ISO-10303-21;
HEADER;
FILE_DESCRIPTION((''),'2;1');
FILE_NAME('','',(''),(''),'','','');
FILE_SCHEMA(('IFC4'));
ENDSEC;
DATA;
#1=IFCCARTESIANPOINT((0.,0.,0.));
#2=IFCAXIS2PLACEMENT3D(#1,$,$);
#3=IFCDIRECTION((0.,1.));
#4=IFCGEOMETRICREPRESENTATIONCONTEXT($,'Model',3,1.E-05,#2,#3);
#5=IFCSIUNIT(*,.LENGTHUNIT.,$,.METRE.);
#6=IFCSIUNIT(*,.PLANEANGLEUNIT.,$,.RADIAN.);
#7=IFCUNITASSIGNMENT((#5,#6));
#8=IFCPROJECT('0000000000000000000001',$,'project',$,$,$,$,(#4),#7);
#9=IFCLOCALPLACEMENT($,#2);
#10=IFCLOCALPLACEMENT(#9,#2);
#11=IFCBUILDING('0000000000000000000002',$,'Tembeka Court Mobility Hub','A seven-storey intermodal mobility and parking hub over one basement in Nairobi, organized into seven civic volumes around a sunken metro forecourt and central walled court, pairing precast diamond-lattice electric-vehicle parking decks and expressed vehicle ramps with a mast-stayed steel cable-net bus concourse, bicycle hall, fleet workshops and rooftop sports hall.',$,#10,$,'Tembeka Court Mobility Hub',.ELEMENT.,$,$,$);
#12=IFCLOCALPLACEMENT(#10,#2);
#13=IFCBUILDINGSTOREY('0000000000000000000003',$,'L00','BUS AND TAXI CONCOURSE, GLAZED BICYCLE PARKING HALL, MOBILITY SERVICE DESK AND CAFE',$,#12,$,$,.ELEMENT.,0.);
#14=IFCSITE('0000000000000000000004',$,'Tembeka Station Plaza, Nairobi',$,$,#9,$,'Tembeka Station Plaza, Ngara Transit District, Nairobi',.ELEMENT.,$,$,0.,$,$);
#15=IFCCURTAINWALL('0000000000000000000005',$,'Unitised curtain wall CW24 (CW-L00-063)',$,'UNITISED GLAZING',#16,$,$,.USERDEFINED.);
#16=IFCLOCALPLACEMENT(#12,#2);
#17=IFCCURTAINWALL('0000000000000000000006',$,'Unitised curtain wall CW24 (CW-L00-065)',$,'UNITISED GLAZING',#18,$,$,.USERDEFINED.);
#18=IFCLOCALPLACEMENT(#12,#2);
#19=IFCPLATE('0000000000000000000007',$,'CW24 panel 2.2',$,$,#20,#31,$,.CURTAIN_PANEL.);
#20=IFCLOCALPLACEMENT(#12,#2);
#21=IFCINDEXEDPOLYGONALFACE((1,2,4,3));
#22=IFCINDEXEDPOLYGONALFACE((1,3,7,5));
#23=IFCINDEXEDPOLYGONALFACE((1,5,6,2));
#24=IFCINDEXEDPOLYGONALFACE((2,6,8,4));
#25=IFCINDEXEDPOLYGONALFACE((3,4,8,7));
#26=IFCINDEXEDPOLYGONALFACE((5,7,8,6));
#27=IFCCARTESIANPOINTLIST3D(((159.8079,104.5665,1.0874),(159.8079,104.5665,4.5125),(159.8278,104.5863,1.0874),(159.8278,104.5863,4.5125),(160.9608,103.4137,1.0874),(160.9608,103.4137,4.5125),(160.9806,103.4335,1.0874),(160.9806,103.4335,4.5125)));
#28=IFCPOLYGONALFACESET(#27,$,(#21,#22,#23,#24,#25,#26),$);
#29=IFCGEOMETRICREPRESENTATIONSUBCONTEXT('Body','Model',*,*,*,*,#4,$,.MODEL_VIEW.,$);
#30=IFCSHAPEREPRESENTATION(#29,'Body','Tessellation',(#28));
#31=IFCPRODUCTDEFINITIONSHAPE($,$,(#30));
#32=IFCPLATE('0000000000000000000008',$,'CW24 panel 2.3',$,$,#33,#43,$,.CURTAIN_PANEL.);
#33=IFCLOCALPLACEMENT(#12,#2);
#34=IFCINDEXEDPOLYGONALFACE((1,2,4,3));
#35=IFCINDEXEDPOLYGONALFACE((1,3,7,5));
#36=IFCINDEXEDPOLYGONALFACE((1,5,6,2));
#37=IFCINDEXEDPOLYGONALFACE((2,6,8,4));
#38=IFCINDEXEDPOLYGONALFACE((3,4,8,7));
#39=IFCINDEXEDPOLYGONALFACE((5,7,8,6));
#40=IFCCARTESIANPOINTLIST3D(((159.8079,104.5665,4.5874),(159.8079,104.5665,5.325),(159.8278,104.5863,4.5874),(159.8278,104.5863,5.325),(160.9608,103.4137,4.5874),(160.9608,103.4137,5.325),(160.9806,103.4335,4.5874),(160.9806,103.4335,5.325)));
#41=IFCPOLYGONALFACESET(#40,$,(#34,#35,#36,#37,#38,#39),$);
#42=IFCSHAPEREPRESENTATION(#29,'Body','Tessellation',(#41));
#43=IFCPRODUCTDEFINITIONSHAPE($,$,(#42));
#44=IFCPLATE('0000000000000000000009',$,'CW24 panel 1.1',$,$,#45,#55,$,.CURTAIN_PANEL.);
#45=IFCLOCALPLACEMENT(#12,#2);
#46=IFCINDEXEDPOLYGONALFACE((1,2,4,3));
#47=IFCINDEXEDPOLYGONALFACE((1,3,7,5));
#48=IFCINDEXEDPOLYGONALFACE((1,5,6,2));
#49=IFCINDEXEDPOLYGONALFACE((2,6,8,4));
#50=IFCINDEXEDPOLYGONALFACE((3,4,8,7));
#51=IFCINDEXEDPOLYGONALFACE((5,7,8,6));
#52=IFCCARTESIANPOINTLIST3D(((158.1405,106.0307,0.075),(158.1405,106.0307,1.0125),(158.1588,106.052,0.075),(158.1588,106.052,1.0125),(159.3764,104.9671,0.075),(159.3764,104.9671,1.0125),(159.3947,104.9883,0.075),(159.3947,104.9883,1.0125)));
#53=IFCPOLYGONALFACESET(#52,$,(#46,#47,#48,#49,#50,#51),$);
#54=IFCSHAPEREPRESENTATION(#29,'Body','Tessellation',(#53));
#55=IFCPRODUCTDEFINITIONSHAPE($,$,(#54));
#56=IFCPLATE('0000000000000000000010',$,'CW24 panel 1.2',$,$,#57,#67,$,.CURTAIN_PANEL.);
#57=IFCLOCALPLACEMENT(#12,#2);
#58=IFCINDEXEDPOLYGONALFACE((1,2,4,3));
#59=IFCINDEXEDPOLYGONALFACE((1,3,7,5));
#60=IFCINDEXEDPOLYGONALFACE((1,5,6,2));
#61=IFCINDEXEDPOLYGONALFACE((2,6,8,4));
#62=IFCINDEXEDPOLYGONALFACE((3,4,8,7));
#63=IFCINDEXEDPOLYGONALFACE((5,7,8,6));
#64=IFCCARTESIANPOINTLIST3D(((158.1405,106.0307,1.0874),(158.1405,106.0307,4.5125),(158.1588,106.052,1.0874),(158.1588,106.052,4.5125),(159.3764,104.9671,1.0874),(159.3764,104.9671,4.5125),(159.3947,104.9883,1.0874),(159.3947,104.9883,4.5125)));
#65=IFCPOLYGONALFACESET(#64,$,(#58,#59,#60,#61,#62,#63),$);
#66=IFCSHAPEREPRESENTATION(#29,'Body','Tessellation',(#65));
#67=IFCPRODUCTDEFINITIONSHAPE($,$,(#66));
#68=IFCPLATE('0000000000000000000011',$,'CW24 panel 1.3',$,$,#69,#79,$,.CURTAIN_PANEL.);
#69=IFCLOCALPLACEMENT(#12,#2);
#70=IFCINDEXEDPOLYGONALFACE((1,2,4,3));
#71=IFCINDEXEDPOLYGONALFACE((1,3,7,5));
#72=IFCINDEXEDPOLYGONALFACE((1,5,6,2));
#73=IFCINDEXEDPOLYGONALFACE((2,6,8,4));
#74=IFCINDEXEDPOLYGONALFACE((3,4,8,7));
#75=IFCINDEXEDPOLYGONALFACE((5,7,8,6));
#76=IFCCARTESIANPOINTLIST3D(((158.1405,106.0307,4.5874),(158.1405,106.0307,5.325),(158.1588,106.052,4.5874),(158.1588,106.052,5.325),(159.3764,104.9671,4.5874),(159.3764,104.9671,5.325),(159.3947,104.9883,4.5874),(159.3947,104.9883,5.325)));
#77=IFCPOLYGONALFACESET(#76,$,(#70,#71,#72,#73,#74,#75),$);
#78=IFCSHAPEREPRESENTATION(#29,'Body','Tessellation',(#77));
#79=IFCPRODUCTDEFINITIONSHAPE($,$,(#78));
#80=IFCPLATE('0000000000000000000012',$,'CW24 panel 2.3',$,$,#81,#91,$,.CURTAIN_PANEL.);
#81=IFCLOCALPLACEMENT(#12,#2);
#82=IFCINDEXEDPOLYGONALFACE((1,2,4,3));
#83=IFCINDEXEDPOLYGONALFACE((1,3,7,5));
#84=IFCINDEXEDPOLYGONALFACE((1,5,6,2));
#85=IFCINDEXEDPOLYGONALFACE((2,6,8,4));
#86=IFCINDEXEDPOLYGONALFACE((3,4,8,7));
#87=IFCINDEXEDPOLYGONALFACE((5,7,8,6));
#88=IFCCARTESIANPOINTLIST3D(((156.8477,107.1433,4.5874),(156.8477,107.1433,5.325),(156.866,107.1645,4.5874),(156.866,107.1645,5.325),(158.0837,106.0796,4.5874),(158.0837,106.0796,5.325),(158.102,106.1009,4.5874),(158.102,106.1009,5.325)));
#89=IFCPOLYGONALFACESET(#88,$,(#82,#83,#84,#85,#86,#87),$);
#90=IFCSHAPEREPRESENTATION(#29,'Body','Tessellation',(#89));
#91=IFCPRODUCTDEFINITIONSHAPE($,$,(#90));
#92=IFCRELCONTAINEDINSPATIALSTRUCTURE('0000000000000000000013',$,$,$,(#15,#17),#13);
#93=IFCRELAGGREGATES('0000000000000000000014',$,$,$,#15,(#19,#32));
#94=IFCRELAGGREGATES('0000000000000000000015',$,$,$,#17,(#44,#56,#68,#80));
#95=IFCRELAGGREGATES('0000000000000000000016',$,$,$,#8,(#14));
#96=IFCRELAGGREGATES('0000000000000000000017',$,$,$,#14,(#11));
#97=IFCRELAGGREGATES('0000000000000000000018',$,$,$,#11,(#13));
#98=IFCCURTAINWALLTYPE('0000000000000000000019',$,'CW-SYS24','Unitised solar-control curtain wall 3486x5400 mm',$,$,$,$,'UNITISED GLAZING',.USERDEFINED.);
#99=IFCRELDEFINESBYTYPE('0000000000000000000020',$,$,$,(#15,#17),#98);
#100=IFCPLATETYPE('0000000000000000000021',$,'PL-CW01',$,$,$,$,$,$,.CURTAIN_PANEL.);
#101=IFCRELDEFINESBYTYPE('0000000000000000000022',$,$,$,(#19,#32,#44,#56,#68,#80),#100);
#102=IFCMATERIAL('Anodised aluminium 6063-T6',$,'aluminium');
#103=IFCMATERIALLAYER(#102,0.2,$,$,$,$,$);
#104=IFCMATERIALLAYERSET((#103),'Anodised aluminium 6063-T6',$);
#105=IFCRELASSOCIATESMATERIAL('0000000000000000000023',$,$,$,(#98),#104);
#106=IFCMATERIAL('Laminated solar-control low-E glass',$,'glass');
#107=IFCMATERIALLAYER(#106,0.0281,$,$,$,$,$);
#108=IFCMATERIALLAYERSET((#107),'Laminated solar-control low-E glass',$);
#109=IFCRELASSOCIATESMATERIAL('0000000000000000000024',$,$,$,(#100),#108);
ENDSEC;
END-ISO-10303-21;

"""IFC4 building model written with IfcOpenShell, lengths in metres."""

from ifc_helpers import new_model, si_unit, direction, frame, origin, origin_2d, place, context, subcontext, project, spatial, rectangle, extrude, material, layer, layer_set, type_object, element, aggregate, save


model = new_model("IFC4")

# Units and contexts
model_context = context("Model", 3, precision=1e-05, world=origin(), true_north=direction((0.0, 1.0)))
body_context = subcontext(model_context, "Body", "Model", "MODEL_VIEW")
ifc_project = project(units=[si_unit("LENGTHUNIT", "METRE"), si_unit("PLANEANGLEUNIT", "RADIAN")], contexts=[model_context])

# Site, building, storey
site_placement = place(None, origin())
site = spatial("IfcSite", under=ifc_project, at=site_placement, Name="Tembeka Station Plaza, Nairobi", LongName="Tembeka Station Plaza, Ngara Transit District, Nairobi", CompositionType="ELEMENT", RefElevation=0.0)
building_placement = place(site_placement, origin())
building = spatial("IfcBuilding", under=site, at=building_placement, Name="Tembeka Court Mobility Hub", Description="A seven-storey intermodal mobility and parking hub over one basement in Nairobi, organized into seven civic volumes around a sunken metro forecourt and central walled court, pairing precast diamond-lattice electric-vehicle parking decks and expressed vehicle ramps with a mast-stayed steel cable-net bus concourse, bicycle hall, fleet workshops and rooftop sports hall.", LongName="Tembeka Court Mobility Hub", CompositionType="ELEMENT")
storey_placement = place(building_placement, origin())
storey = spatial("IfcBuildingStorey", under=building, at=storey_placement, Name="L00", Description="BUS AND TAXI CONCOURSE, GLAZED BICYCLE PARKING HALL, MOBILITY SERVICE DESK AND CAFE", CompositionType="ELEMENT", Elevation=0.0)

# Curtain walls
ifc_material_1 = material(Name="Anodised aluminium 6063-T6", Category="aluminium")
ifc_layer_1 = layer(ifc_material_1, 0.2)
ifc_layer_set_1 = layer_set([ifc_layer_1], Name="Anodised aluminium 6063-T6")
curtain_wall_type = type_object("IfcCurtainWallType", Name="CW-SYS24", Description="Unitised solar-control curtain wall 3486x5400 mm", ElementType="UNITISED GLAZING", PredefinedType="USERDEFINED", material=ifc_layer_set_1)
curtain_wall_1_placement = place(storey_placement, origin())
curtain_wall_1 = element("IfcCurtainWall", 1, at=curtain_wall_1_placement, inside=storey, type_object=curtain_wall_type, Name="Unitised curtain wall CW24 (CW-L00-063)", ObjectType="UNITISED GLAZING", PredefinedType="USERDEFINED")
curtain_wall_2_placement = place(storey_placement, origin())
curtain_wall_2 = element("IfcCurtainWall", 2, at=curtain_wall_2_placement, inside=storey, type_object=curtain_wall_type, Name="Unitised curtain wall CW24 (CW-L00-065)", ObjectType="UNITISED GLAZING", PredefinedType="USERDEFINED")

# Plates
ifc_material_2 = material(Name="Laminated solar-control low-E glass", Category="glass")
ifc_layer_2 = layer(ifc_material_2, 0.0281)
ifc_layer_set_2 = layer_set([ifc_layer_2], Name="Laminated solar-control low-E glass")
plate_type = type_object("IfcPlateType", Name="PL-CW01", PredefinedType="CURTAIN_PANEL", material=ifc_layer_set_2)
plate_1_placement = place(storey_placement, frame((160.3943, 104.0, 1.0874), z_axis=(0.0, 0.0, 1.0), x_axis=(-0.707107, 0.707107, 0.0)))
plate_1 = element("IfcPlate", 3, at=plate_1_placement, type_object=plate_type, Name="CW24 panel 2.2", PredefinedType="CURTAIN_PANEL", context=body_context, shape_type="SweptSolid", body=[
    extrude(rectangle(XDim=1.6304, YDim=0.0281, at=origin_2d()), origin(), (0.0, 0.0, 1.0), 3.425),
])
plate_2_placement = place(storey_placement, frame((160.3943, 104.0, 4.5874), z_axis=(0.0, 0.0, 1.0), x_axis=(-0.707107, 0.707107, 0.0)))
plate_2 = element("IfcPlate", 4, at=plate_2_placement, type_object=plate_type, Name="CW24 panel 2.3", PredefinedType="CURTAIN_PANEL", context=body_context, shape_type="SweptSolid", body=[
    extrude(rectangle(XDim=1.6304, YDim=0.0281, at=origin_2d()), origin(), (0.0, 0.0, 1.0), 0.7375),
])
aggregate(curtain_wall_1, [plate_1, plate_2])
plate_3_placement = place(storey_placement, frame((158.7676, 105.5095, 0.075), z_axis=(0.0, 0.0, 1.0), x_axis=(-0.757955, 0.652307, 0.0)))
plate_3 = element("IfcPlate", 5, at=plate_3_placement, type_object=plate_type, Name="CW24 panel 1.1", PredefinedType="CURTAIN_PANEL", context=body_context, shape_type="SweptSolid", body=[
    extrude(rectangle(XDim=1.6306, YDim=0.0281, at=origin_2d()), origin(), (0.0, 0.0, 1.0), 0.9375),
])
plate_4_placement = place(storey_placement, frame((158.7676, 105.5095, 1.0874), z_axis=(0.0, 0.0, 1.0), x_axis=(-0.757955, 0.652307, 0.0)))
plate_4 = element("IfcPlate", 6, at=plate_4_placement, type_object=plate_type, Name="CW24 panel 1.2", PredefinedType="CURTAIN_PANEL", context=body_context, shape_type="SweptSolid", body=[
    extrude(rectangle(XDim=1.6306, YDim=0.0281, at=origin_2d()), origin(), (0.0, 0.0, 1.0), 3.425),
])
plate_5_placement = place(storey_placement, frame((158.7676, 105.5095, 4.5874), z_axis=(0.0, 0.0, 1.0), x_axis=(-0.757955, 0.652307, 0.0)))
plate_5 = element("IfcPlate", 7, at=plate_5_placement, type_object=plate_type, Name="CW24 panel 1.3", PredefinedType="CURTAIN_PANEL", context=body_context, shape_type="SweptSolid", body=[
    extrude(rectangle(XDim=1.6306, YDim=0.0281, at=origin_2d()), origin(), (0.0, 0.0, 1.0), 0.7375),
])
plate_6_placement = place(storey_placement, frame((157.4749, 106.6221, 4.5874), z_axis=(0.0, 0.0, 1.0), x_axis=(-0.757955, 0.652307, 0.0)))
plate_6 = element("IfcPlate", 8, at=plate_6_placement, type_object=plate_type, Name="CW24 panel 2.3", PredefinedType="CURTAIN_PANEL", context=body_context, shape_type="SweptSolid", body=[
    extrude(rectangle(XDim=1.6306, YDim=0.0281, at=origin_2d()), origin(), (0.0, 0.0, 1.0), 0.7375),
])
aggregate(curtain_wall_2, [plate_3, plate_4, plate_5, plate_6])

save(model, "model.ifc")
